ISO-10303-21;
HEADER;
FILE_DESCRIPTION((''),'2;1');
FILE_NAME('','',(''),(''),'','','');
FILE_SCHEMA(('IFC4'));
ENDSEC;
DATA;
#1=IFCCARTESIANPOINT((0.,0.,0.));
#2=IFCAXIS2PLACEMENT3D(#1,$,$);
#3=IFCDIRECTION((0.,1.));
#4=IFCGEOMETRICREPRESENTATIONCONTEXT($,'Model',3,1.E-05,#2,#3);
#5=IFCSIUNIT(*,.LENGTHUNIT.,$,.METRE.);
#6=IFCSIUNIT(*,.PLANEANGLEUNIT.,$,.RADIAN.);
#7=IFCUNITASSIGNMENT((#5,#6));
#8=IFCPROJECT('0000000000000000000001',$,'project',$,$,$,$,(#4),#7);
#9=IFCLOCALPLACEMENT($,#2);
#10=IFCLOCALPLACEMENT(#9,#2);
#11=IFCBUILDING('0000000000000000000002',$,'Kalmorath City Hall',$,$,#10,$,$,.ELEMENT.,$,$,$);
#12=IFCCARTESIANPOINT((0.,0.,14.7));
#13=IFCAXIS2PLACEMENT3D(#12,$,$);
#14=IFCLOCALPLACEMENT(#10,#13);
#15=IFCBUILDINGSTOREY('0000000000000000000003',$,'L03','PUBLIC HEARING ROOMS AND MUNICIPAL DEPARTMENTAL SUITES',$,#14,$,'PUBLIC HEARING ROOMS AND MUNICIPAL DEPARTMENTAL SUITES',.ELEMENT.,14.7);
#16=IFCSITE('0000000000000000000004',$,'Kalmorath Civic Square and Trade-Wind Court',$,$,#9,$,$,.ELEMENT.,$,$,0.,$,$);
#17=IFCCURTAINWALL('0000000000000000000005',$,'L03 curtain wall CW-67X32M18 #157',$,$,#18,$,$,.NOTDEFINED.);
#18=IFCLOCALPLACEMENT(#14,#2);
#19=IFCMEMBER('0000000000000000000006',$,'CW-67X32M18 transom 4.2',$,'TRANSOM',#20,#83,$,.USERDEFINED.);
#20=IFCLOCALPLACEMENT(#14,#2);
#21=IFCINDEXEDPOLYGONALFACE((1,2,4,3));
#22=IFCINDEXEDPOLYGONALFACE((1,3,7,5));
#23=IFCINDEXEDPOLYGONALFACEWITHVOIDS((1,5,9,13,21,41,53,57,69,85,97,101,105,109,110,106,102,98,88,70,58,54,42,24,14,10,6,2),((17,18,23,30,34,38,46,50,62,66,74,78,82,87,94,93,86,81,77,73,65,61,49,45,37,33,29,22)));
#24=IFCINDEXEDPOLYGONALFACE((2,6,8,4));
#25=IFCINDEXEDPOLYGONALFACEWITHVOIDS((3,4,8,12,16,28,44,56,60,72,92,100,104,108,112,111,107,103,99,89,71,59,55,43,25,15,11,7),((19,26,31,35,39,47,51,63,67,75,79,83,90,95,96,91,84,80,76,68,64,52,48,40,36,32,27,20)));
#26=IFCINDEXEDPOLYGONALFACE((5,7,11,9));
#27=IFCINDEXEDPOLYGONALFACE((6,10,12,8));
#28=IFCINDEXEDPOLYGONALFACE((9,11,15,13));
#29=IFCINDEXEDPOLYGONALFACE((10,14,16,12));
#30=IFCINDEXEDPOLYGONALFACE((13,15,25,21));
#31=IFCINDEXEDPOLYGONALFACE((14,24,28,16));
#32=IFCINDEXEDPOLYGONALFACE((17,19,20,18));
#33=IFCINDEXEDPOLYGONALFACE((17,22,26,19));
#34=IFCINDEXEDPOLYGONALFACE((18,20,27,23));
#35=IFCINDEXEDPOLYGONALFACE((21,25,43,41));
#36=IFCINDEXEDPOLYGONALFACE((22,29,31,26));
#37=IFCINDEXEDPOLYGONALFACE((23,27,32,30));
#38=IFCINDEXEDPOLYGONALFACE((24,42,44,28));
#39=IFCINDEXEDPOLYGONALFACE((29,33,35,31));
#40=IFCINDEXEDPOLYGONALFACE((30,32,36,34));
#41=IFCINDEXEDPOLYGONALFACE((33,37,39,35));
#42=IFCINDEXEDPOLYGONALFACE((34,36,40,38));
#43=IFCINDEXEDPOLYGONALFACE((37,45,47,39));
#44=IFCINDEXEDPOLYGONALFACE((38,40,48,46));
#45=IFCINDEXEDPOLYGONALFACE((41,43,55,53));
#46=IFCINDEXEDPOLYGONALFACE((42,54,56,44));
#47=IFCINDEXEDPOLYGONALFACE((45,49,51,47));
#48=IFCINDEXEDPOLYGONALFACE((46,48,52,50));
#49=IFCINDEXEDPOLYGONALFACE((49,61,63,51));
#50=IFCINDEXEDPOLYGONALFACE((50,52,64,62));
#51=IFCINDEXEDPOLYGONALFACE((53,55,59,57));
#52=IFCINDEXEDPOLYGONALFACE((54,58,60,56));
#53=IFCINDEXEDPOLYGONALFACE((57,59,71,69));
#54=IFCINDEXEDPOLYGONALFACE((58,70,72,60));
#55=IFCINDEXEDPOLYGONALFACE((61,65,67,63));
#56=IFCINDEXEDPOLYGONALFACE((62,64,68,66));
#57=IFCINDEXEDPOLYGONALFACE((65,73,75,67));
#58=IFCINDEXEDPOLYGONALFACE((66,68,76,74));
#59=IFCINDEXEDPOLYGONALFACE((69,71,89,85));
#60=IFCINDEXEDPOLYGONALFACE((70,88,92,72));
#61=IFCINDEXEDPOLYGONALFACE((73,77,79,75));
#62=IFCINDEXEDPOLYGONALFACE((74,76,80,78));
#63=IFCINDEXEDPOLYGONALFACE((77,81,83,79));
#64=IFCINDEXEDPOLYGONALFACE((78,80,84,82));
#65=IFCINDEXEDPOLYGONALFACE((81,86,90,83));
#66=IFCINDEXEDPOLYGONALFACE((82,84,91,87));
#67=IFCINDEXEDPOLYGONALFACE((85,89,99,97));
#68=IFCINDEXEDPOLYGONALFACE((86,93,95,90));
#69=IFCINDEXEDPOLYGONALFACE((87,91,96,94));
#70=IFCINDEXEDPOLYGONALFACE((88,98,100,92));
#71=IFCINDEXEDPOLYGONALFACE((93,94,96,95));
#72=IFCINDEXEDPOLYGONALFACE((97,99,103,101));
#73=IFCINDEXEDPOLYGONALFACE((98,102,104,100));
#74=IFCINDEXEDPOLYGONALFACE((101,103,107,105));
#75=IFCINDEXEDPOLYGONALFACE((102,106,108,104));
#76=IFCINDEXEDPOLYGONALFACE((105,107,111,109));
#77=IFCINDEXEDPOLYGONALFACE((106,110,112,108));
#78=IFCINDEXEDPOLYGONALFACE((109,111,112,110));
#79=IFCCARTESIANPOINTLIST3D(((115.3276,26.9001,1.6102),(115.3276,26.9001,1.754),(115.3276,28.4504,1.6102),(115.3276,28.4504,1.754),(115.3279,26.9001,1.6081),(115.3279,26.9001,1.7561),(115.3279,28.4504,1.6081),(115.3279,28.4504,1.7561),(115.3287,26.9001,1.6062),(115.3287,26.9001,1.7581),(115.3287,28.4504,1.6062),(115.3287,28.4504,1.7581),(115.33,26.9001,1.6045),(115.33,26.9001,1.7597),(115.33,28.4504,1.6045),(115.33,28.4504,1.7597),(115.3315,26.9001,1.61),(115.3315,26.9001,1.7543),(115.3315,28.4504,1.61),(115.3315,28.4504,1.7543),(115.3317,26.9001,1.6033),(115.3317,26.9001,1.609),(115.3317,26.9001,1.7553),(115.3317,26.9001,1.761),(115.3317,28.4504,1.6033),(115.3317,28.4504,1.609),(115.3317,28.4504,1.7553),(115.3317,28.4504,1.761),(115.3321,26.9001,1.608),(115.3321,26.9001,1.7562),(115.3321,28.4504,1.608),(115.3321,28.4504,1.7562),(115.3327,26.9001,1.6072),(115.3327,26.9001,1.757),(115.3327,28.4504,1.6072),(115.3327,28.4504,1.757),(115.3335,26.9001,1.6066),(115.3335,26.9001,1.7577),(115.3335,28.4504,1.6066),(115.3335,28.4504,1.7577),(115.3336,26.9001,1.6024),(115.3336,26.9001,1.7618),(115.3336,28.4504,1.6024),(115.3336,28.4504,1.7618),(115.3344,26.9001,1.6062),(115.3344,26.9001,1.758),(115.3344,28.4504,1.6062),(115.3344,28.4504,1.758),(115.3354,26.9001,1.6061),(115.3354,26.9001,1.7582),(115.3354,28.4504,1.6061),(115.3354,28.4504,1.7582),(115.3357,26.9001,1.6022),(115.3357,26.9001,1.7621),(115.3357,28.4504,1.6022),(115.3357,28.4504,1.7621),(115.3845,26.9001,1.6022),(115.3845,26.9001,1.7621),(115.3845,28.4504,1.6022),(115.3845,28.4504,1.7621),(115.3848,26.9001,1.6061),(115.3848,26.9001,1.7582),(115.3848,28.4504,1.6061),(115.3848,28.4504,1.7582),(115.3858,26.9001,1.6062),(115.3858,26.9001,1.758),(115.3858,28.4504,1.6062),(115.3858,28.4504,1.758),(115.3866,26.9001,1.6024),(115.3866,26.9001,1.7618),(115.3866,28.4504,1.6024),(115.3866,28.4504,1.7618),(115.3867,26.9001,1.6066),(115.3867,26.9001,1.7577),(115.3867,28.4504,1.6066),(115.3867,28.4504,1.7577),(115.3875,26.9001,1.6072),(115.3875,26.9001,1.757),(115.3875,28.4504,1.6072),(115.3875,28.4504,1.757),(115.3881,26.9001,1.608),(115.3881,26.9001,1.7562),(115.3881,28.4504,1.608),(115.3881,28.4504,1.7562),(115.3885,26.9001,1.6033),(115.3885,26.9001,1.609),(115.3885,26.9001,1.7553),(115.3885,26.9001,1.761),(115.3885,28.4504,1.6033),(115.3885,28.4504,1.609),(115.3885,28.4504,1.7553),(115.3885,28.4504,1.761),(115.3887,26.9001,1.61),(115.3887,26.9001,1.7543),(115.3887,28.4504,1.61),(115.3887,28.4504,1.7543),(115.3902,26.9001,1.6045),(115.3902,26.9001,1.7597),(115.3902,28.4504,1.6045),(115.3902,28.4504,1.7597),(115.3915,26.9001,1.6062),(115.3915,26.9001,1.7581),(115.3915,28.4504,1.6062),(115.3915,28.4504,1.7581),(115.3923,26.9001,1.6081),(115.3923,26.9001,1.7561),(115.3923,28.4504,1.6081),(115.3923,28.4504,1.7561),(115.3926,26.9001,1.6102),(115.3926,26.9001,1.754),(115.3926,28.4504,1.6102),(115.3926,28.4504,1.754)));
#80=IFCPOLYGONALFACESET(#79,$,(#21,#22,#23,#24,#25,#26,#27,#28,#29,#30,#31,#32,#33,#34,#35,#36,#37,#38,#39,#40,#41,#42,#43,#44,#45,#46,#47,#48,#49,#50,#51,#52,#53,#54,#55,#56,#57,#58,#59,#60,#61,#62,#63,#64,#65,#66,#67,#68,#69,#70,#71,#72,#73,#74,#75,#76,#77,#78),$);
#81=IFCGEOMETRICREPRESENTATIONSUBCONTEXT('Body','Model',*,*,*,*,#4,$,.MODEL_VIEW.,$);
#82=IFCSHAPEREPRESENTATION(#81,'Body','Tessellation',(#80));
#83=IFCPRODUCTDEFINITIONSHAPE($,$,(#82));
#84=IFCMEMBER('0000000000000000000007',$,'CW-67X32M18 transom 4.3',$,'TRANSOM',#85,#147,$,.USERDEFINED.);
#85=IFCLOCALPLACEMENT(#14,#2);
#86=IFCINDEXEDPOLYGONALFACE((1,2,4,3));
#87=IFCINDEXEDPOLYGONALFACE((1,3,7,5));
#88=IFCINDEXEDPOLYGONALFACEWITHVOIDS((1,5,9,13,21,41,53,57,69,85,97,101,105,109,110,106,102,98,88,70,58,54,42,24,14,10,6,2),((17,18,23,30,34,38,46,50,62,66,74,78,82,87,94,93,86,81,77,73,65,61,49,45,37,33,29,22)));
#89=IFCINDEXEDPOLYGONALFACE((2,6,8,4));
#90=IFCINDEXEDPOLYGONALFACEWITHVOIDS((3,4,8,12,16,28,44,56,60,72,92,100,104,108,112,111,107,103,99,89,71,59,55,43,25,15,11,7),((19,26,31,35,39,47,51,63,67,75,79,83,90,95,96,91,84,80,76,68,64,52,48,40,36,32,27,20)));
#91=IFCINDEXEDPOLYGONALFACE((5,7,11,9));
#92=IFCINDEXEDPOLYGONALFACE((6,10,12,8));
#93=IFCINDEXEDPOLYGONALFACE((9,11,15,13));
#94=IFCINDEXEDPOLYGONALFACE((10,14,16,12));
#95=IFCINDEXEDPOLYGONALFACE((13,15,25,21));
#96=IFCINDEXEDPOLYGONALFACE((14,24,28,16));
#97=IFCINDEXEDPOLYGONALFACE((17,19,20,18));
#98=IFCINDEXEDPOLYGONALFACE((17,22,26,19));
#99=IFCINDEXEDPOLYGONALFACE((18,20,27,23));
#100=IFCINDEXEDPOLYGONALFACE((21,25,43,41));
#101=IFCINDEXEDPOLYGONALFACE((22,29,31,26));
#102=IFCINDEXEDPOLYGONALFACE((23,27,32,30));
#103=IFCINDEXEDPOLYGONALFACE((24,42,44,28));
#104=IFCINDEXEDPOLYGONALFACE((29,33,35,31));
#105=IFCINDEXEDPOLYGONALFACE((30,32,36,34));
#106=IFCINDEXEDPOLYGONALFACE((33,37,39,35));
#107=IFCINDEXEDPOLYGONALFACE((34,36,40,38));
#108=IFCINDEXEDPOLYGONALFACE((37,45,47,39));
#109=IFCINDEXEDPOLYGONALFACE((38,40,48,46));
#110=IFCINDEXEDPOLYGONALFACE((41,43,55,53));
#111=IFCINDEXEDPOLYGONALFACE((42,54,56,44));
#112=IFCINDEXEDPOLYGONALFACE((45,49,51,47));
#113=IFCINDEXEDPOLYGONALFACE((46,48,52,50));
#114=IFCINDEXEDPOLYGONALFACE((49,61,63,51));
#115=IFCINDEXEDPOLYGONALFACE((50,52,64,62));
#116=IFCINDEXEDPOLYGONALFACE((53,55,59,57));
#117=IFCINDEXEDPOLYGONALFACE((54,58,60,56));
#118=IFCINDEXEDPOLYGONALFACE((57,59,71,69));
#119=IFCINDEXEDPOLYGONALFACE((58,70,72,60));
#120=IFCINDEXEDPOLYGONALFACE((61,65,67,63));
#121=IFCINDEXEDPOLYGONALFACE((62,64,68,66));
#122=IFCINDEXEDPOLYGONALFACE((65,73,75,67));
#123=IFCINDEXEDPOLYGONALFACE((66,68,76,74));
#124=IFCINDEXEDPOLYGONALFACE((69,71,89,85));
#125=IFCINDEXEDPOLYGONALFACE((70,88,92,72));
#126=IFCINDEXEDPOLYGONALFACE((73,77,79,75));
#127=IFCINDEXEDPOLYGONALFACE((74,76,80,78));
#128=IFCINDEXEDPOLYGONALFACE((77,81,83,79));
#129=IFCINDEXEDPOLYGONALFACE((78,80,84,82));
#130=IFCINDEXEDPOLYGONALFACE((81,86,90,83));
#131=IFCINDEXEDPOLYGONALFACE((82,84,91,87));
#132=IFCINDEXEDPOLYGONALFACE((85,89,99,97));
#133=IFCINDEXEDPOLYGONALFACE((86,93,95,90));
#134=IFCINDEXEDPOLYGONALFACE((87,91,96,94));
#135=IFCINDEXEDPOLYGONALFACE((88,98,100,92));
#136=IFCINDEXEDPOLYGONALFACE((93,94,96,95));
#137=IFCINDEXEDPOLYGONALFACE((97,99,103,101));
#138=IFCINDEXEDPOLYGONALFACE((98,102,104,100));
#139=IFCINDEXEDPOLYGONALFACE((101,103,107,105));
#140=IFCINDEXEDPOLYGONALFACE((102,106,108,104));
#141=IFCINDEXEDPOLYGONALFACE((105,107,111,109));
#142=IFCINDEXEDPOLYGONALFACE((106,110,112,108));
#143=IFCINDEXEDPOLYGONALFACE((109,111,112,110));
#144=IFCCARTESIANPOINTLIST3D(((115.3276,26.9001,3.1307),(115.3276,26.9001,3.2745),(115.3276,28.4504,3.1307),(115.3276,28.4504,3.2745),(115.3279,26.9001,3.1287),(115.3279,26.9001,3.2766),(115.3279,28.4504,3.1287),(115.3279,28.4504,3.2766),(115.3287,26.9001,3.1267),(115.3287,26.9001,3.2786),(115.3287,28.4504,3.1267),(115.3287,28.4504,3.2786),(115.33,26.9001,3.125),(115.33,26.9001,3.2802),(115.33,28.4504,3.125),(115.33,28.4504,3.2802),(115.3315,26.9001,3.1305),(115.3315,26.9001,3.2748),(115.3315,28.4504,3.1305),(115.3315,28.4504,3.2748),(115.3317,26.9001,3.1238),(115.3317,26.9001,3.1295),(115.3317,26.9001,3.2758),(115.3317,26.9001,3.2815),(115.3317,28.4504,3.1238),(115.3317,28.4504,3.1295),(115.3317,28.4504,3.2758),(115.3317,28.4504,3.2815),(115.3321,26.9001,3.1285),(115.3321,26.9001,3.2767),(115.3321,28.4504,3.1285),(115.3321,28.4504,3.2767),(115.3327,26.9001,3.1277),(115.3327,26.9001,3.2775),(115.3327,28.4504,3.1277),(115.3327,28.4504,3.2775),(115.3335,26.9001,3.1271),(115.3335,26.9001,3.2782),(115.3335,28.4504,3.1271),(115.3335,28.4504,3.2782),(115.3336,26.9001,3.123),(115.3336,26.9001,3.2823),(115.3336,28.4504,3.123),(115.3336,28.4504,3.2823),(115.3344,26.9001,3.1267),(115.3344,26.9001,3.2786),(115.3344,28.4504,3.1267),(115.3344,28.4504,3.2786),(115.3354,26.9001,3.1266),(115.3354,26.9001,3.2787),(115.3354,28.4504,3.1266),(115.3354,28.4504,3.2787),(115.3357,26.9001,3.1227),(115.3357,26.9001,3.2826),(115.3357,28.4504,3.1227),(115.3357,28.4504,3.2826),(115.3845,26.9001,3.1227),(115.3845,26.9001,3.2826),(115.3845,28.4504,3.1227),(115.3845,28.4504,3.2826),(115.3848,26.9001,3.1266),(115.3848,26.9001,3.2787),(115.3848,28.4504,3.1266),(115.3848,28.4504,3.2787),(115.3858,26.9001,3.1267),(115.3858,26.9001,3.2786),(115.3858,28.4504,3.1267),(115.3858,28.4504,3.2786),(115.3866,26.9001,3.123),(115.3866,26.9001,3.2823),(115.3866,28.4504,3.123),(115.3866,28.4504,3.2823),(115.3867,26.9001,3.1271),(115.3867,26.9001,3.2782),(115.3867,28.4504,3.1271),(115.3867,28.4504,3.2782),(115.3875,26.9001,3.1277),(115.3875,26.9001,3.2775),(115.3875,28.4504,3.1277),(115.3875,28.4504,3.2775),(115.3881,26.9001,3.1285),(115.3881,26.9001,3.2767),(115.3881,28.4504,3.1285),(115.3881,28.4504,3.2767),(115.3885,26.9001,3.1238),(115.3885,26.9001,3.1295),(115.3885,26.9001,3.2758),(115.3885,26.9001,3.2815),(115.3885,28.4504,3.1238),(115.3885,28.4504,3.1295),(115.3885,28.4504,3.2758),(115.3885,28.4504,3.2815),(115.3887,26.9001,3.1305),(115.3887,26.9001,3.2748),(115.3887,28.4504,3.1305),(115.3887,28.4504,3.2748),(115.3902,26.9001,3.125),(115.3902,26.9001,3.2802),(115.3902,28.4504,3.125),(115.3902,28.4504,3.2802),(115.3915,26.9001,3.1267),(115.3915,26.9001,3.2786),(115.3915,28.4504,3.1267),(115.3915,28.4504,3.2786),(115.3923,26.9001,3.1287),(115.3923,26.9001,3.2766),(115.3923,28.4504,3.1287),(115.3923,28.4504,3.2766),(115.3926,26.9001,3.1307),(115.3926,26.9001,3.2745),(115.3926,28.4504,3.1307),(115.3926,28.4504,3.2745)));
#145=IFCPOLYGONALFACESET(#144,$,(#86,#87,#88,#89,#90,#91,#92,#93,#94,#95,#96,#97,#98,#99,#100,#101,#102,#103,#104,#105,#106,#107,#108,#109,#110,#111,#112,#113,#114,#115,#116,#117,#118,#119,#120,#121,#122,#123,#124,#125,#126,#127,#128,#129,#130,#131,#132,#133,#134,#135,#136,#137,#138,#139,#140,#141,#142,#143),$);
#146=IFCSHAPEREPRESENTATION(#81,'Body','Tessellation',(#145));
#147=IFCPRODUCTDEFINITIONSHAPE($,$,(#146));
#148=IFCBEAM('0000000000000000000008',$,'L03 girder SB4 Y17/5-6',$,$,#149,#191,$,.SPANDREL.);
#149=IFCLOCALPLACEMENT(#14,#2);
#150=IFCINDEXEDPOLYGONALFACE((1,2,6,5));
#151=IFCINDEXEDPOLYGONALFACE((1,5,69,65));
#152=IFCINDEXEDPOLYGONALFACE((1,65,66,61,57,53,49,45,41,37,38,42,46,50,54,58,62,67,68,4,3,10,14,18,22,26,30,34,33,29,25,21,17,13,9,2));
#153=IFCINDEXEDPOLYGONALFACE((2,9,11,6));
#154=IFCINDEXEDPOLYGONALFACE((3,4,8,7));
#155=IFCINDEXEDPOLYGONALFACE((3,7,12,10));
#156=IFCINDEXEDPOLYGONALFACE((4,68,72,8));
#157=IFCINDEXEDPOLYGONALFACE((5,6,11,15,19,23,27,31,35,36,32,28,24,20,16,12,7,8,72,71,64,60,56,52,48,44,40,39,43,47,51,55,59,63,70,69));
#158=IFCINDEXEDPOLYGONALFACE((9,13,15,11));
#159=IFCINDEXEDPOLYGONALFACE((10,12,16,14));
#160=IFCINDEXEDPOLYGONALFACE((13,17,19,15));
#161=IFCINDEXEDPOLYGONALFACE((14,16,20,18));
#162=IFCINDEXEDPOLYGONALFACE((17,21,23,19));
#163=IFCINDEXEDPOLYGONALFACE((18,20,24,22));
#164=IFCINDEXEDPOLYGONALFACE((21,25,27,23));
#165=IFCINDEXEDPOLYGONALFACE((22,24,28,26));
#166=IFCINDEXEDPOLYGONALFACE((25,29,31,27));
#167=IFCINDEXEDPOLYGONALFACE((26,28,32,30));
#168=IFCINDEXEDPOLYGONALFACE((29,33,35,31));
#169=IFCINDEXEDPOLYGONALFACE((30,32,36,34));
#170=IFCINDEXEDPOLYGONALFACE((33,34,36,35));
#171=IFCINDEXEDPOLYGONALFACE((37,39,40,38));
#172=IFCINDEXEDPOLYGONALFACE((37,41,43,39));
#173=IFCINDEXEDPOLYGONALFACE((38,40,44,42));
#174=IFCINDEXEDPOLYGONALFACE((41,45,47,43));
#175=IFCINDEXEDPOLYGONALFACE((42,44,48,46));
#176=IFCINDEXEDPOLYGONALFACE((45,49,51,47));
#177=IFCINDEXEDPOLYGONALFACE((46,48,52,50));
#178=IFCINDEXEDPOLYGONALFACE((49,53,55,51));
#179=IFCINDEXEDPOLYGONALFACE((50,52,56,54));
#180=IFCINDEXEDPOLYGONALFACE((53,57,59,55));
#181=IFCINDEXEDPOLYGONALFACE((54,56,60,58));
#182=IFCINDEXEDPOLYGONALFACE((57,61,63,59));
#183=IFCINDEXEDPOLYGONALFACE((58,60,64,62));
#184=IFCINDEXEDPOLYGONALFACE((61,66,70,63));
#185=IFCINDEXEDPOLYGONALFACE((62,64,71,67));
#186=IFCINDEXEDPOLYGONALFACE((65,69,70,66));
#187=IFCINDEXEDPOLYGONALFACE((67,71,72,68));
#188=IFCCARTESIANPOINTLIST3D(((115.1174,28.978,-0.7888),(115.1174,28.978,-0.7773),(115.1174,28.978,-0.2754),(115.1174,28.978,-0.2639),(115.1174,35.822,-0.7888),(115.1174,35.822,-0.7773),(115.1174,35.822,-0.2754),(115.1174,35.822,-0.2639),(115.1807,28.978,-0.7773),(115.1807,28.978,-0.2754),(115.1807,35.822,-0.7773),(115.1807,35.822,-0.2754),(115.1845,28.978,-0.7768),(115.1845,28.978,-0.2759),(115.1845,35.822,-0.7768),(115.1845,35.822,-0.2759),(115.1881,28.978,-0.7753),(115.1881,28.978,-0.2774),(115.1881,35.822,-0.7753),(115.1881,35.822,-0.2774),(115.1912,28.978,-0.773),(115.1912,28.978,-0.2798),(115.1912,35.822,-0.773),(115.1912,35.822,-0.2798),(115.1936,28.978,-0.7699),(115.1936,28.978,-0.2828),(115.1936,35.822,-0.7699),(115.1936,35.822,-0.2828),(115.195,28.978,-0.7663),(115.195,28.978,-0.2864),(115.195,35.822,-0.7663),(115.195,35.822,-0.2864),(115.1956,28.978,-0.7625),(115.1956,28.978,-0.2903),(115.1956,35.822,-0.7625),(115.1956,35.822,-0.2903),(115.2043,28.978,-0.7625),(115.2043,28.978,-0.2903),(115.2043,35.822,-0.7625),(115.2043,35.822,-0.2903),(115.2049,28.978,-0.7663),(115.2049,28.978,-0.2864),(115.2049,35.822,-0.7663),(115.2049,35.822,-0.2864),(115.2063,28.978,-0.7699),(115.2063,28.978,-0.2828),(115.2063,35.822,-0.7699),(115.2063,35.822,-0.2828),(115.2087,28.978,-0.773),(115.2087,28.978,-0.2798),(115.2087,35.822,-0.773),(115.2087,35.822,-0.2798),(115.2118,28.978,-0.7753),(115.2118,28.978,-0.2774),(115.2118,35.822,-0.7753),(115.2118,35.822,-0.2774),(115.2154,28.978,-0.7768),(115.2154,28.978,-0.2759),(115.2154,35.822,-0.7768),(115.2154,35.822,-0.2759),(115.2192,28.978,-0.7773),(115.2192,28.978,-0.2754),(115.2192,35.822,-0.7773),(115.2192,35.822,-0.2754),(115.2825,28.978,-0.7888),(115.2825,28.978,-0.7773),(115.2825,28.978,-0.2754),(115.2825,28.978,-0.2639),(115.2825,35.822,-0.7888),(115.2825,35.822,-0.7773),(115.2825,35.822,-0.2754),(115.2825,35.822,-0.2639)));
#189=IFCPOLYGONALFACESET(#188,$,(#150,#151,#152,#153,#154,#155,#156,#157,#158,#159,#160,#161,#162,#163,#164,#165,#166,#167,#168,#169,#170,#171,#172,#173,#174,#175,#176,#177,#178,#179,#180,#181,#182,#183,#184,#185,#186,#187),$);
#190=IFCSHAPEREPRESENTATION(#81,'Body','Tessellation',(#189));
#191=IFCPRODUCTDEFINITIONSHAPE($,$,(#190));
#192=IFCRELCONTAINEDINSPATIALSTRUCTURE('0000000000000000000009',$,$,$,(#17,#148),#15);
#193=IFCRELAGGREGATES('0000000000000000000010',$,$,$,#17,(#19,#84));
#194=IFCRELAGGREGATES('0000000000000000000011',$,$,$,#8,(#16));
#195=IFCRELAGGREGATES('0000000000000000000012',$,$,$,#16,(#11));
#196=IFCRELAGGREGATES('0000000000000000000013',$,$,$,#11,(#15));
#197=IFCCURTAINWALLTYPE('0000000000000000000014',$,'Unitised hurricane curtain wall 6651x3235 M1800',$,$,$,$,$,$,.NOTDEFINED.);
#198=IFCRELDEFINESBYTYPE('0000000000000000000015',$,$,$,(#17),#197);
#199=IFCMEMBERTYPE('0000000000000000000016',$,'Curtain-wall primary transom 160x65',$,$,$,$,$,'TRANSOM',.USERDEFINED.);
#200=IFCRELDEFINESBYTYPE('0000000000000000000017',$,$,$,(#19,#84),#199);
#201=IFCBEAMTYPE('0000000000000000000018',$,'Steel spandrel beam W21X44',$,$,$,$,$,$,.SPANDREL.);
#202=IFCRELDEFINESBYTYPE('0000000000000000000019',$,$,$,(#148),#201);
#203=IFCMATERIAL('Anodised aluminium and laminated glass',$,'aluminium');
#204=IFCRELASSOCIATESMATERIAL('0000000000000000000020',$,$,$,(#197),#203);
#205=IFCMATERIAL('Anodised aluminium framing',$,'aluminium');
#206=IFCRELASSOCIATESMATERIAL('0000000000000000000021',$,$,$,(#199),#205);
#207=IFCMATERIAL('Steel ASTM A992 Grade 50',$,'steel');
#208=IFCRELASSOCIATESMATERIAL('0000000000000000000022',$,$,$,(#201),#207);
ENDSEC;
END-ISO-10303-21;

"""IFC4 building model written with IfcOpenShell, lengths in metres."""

from ifc_helpers import new_model, si_unit, direction, frame, origin, origin_2d, place, context, subcontext, project, spatial, hollow_rectangle, i_section, extrude, material, material_profile, profile_set, type_object, element, aggregate, save


model = new_model("IFC4")

# Units and contexts
model_context = context("Model", 3, precision=1e-05, world=origin(), true_north=direction((0.0, 1.0)))
body_context = subcontext(model_context, "Body", "Model", "MODEL_VIEW")
ifc_project = project(units=[si_unit("LENGTHUNIT", "METRE"), si_unit("PLANEANGLEUNIT", "RADIAN")], contexts=[model_context])

# Site, building, storey
site_placement = place(None, origin())
site = spatial("IfcSite", under=ifc_project, at=site_placement, Name="Kalmorath Civic Square and Trade-Wind Court", CompositionType="ELEMENT", RefElevation=0.0)
building_placement = place(site_placement, origin())
building = spatial("IfcBuilding", under=site, at=building_placement, Name="Kalmorath City Hall", CompositionType="ELEMENT")
storey_placement = place(building_placement, frame((0.0, 0.0, 14.7)))
storey = spatial("IfcBuildingStorey", under=building, at=storey_placement, Name="L03", Description="PUBLIC HEARING ROOMS AND MUNICIPAL DEPARTMENTAL SUITES", LongName="PUBLIC HEARING ROOMS AND MUNICIPAL DEPARTMENTAL SUITES", CompositionType="ELEMENT", Elevation=14.7)

# Curtain wall
ifc_material_1 = material(Name="Anodised aluminium and laminated glass", Category="aluminium")
curtain_wall_type_1 = type_object("IfcCurtainWallType", Name="Unitised hurricane curtain wall 6651x3235 M1800", PredefinedType="NOTDEFINED", material=ifc_material_1)
curtain_wall_1_placement = place(storey_placement, origin())
curtain_wall_1 = element("IfcCurtainWall", 1, at=curtain_wall_1_placement, inside=storey, type_object=curtain_wall_type_1, Name="L03 curtain wall CW-67X32M18 #157", PredefinedType="NOTDEFINED")

# Members
ifc_material_2 = material(Name="Anodised aluminium framing", Category="aluminium")
ifc_material_profile_1 = material_profile(ifc_material_2, hollow_rectangle(XDim=0.0649, YDim=0.1599, WallThickness=0.0039, InnerFilletRadius=0.0039, OuterFilletRadius=0.0081, at=origin_2d()), Name="ALU-TRN-160X65X4")
ifc_profile_set_1 = profile_set([ifc_material_profile_1], Name="Anodised aluminium framing")
member_type_1 = type_object("IfcMemberType", Name="Curtain-wall primary transom 160x65", ElementType="TRANSOM", PredefinedType="USERDEFINED", material=ifc_profile_set_1)
member_1_placement = place(storey_placement, frame((115.3601, 26.9001, 1.6821), z_axis=(0.0, 1.0, 0.0), x_axis=(-1.0, 0.0, 0.0)))
member_1 = element("IfcMember", 2, at=member_1_placement, type_object=member_type_1, Name="CW-67X32M18 transom 4.2", ObjectType="TRANSOM", PredefinedType="USERDEFINED", context=body_context, shape_type="SweptSolid", body=[
    extrude(hollow_rectangle(XDim=0.0649, YDim=0.1599, WallThickness=0.0039, InnerFilletRadius=0.0039, OuterFilletRadius=0.0081, at=origin_2d()), origin(), (0.0, 0.0, 1.0), 1.5503),
])
member_2_placement = place(storey_placement, frame((115.3601, 26.9001, 3.2026), z_axis=(0.0, 1.0, 0.0), x_axis=(-1.0, 0.0, 0.0)))
member_2 = element("IfcMember", 3, at=member_2_placement, type_object=member_type_1, Name="CW-67X32M18 transom 4.3", ObjectType="TRANSOM", PredefinedType="USERDEFINED", context=body_context, shape_type="SweptSolid", body=[
    extrude(hollow_rectangle(XDim=0.0649, YDim=0.1599, WallThickness=0.0039, InnerFilletRadius=0.0039, OuterFilletRadius=0.0081, at=origin_2d()), origin(), (0.0, 0.0, 1.0), 1.5503),
])

# Beam
ifc_material_3 = material(Name="Steel ASTM A992 Grade 50", Category="steel")
ifc_material_profile_2 = material_profile(ifc_material_3, i_section(OverallWidth=0.165, OverallDepth=0.5249, WebThickness=0.0088, FlangeThickness=0.0115, FilletRadius=0.0149, at=origin_2d()), Name="W21X44")
ifc_profile_set_2 = profile_set([ifc_material_profile_2], Name="Steel ASTM A992 Grade 50")
beam_type = type_object("IfcBeamType", Name="Steel spandrel beam W21X44", PredefinedType="SPANDREL", material=ifc_profile_set_2)
beam_placement = place(storey_placement, frame((115.2, 28.978, -0.5264), z_axis=(0.0, 1.0, 0.0), x_axis=(-1.0, 0.0, 0.0)))
element("IfcBeam", 4, at=beam_placement, inside=storey, type_object=beam_type, Name="L03 girder SB4 Y17/5-6", PredefinedType="SPANDREL", context=body_context, shape_type="SweptSolid", body=[
    extrude(i_section(OverallWidth=0.165, OverallDepth=0.5249, WebThickness=0.0088, FlangeThickness=0.0115, FilletRadius=0.0149, at=origin_2d()), origin(), (0.0, 0.0, 1.0), 6.844),
])

aggregate(curtain_wall_1, [member_1, member_2])

save(model, "model.ifc")
